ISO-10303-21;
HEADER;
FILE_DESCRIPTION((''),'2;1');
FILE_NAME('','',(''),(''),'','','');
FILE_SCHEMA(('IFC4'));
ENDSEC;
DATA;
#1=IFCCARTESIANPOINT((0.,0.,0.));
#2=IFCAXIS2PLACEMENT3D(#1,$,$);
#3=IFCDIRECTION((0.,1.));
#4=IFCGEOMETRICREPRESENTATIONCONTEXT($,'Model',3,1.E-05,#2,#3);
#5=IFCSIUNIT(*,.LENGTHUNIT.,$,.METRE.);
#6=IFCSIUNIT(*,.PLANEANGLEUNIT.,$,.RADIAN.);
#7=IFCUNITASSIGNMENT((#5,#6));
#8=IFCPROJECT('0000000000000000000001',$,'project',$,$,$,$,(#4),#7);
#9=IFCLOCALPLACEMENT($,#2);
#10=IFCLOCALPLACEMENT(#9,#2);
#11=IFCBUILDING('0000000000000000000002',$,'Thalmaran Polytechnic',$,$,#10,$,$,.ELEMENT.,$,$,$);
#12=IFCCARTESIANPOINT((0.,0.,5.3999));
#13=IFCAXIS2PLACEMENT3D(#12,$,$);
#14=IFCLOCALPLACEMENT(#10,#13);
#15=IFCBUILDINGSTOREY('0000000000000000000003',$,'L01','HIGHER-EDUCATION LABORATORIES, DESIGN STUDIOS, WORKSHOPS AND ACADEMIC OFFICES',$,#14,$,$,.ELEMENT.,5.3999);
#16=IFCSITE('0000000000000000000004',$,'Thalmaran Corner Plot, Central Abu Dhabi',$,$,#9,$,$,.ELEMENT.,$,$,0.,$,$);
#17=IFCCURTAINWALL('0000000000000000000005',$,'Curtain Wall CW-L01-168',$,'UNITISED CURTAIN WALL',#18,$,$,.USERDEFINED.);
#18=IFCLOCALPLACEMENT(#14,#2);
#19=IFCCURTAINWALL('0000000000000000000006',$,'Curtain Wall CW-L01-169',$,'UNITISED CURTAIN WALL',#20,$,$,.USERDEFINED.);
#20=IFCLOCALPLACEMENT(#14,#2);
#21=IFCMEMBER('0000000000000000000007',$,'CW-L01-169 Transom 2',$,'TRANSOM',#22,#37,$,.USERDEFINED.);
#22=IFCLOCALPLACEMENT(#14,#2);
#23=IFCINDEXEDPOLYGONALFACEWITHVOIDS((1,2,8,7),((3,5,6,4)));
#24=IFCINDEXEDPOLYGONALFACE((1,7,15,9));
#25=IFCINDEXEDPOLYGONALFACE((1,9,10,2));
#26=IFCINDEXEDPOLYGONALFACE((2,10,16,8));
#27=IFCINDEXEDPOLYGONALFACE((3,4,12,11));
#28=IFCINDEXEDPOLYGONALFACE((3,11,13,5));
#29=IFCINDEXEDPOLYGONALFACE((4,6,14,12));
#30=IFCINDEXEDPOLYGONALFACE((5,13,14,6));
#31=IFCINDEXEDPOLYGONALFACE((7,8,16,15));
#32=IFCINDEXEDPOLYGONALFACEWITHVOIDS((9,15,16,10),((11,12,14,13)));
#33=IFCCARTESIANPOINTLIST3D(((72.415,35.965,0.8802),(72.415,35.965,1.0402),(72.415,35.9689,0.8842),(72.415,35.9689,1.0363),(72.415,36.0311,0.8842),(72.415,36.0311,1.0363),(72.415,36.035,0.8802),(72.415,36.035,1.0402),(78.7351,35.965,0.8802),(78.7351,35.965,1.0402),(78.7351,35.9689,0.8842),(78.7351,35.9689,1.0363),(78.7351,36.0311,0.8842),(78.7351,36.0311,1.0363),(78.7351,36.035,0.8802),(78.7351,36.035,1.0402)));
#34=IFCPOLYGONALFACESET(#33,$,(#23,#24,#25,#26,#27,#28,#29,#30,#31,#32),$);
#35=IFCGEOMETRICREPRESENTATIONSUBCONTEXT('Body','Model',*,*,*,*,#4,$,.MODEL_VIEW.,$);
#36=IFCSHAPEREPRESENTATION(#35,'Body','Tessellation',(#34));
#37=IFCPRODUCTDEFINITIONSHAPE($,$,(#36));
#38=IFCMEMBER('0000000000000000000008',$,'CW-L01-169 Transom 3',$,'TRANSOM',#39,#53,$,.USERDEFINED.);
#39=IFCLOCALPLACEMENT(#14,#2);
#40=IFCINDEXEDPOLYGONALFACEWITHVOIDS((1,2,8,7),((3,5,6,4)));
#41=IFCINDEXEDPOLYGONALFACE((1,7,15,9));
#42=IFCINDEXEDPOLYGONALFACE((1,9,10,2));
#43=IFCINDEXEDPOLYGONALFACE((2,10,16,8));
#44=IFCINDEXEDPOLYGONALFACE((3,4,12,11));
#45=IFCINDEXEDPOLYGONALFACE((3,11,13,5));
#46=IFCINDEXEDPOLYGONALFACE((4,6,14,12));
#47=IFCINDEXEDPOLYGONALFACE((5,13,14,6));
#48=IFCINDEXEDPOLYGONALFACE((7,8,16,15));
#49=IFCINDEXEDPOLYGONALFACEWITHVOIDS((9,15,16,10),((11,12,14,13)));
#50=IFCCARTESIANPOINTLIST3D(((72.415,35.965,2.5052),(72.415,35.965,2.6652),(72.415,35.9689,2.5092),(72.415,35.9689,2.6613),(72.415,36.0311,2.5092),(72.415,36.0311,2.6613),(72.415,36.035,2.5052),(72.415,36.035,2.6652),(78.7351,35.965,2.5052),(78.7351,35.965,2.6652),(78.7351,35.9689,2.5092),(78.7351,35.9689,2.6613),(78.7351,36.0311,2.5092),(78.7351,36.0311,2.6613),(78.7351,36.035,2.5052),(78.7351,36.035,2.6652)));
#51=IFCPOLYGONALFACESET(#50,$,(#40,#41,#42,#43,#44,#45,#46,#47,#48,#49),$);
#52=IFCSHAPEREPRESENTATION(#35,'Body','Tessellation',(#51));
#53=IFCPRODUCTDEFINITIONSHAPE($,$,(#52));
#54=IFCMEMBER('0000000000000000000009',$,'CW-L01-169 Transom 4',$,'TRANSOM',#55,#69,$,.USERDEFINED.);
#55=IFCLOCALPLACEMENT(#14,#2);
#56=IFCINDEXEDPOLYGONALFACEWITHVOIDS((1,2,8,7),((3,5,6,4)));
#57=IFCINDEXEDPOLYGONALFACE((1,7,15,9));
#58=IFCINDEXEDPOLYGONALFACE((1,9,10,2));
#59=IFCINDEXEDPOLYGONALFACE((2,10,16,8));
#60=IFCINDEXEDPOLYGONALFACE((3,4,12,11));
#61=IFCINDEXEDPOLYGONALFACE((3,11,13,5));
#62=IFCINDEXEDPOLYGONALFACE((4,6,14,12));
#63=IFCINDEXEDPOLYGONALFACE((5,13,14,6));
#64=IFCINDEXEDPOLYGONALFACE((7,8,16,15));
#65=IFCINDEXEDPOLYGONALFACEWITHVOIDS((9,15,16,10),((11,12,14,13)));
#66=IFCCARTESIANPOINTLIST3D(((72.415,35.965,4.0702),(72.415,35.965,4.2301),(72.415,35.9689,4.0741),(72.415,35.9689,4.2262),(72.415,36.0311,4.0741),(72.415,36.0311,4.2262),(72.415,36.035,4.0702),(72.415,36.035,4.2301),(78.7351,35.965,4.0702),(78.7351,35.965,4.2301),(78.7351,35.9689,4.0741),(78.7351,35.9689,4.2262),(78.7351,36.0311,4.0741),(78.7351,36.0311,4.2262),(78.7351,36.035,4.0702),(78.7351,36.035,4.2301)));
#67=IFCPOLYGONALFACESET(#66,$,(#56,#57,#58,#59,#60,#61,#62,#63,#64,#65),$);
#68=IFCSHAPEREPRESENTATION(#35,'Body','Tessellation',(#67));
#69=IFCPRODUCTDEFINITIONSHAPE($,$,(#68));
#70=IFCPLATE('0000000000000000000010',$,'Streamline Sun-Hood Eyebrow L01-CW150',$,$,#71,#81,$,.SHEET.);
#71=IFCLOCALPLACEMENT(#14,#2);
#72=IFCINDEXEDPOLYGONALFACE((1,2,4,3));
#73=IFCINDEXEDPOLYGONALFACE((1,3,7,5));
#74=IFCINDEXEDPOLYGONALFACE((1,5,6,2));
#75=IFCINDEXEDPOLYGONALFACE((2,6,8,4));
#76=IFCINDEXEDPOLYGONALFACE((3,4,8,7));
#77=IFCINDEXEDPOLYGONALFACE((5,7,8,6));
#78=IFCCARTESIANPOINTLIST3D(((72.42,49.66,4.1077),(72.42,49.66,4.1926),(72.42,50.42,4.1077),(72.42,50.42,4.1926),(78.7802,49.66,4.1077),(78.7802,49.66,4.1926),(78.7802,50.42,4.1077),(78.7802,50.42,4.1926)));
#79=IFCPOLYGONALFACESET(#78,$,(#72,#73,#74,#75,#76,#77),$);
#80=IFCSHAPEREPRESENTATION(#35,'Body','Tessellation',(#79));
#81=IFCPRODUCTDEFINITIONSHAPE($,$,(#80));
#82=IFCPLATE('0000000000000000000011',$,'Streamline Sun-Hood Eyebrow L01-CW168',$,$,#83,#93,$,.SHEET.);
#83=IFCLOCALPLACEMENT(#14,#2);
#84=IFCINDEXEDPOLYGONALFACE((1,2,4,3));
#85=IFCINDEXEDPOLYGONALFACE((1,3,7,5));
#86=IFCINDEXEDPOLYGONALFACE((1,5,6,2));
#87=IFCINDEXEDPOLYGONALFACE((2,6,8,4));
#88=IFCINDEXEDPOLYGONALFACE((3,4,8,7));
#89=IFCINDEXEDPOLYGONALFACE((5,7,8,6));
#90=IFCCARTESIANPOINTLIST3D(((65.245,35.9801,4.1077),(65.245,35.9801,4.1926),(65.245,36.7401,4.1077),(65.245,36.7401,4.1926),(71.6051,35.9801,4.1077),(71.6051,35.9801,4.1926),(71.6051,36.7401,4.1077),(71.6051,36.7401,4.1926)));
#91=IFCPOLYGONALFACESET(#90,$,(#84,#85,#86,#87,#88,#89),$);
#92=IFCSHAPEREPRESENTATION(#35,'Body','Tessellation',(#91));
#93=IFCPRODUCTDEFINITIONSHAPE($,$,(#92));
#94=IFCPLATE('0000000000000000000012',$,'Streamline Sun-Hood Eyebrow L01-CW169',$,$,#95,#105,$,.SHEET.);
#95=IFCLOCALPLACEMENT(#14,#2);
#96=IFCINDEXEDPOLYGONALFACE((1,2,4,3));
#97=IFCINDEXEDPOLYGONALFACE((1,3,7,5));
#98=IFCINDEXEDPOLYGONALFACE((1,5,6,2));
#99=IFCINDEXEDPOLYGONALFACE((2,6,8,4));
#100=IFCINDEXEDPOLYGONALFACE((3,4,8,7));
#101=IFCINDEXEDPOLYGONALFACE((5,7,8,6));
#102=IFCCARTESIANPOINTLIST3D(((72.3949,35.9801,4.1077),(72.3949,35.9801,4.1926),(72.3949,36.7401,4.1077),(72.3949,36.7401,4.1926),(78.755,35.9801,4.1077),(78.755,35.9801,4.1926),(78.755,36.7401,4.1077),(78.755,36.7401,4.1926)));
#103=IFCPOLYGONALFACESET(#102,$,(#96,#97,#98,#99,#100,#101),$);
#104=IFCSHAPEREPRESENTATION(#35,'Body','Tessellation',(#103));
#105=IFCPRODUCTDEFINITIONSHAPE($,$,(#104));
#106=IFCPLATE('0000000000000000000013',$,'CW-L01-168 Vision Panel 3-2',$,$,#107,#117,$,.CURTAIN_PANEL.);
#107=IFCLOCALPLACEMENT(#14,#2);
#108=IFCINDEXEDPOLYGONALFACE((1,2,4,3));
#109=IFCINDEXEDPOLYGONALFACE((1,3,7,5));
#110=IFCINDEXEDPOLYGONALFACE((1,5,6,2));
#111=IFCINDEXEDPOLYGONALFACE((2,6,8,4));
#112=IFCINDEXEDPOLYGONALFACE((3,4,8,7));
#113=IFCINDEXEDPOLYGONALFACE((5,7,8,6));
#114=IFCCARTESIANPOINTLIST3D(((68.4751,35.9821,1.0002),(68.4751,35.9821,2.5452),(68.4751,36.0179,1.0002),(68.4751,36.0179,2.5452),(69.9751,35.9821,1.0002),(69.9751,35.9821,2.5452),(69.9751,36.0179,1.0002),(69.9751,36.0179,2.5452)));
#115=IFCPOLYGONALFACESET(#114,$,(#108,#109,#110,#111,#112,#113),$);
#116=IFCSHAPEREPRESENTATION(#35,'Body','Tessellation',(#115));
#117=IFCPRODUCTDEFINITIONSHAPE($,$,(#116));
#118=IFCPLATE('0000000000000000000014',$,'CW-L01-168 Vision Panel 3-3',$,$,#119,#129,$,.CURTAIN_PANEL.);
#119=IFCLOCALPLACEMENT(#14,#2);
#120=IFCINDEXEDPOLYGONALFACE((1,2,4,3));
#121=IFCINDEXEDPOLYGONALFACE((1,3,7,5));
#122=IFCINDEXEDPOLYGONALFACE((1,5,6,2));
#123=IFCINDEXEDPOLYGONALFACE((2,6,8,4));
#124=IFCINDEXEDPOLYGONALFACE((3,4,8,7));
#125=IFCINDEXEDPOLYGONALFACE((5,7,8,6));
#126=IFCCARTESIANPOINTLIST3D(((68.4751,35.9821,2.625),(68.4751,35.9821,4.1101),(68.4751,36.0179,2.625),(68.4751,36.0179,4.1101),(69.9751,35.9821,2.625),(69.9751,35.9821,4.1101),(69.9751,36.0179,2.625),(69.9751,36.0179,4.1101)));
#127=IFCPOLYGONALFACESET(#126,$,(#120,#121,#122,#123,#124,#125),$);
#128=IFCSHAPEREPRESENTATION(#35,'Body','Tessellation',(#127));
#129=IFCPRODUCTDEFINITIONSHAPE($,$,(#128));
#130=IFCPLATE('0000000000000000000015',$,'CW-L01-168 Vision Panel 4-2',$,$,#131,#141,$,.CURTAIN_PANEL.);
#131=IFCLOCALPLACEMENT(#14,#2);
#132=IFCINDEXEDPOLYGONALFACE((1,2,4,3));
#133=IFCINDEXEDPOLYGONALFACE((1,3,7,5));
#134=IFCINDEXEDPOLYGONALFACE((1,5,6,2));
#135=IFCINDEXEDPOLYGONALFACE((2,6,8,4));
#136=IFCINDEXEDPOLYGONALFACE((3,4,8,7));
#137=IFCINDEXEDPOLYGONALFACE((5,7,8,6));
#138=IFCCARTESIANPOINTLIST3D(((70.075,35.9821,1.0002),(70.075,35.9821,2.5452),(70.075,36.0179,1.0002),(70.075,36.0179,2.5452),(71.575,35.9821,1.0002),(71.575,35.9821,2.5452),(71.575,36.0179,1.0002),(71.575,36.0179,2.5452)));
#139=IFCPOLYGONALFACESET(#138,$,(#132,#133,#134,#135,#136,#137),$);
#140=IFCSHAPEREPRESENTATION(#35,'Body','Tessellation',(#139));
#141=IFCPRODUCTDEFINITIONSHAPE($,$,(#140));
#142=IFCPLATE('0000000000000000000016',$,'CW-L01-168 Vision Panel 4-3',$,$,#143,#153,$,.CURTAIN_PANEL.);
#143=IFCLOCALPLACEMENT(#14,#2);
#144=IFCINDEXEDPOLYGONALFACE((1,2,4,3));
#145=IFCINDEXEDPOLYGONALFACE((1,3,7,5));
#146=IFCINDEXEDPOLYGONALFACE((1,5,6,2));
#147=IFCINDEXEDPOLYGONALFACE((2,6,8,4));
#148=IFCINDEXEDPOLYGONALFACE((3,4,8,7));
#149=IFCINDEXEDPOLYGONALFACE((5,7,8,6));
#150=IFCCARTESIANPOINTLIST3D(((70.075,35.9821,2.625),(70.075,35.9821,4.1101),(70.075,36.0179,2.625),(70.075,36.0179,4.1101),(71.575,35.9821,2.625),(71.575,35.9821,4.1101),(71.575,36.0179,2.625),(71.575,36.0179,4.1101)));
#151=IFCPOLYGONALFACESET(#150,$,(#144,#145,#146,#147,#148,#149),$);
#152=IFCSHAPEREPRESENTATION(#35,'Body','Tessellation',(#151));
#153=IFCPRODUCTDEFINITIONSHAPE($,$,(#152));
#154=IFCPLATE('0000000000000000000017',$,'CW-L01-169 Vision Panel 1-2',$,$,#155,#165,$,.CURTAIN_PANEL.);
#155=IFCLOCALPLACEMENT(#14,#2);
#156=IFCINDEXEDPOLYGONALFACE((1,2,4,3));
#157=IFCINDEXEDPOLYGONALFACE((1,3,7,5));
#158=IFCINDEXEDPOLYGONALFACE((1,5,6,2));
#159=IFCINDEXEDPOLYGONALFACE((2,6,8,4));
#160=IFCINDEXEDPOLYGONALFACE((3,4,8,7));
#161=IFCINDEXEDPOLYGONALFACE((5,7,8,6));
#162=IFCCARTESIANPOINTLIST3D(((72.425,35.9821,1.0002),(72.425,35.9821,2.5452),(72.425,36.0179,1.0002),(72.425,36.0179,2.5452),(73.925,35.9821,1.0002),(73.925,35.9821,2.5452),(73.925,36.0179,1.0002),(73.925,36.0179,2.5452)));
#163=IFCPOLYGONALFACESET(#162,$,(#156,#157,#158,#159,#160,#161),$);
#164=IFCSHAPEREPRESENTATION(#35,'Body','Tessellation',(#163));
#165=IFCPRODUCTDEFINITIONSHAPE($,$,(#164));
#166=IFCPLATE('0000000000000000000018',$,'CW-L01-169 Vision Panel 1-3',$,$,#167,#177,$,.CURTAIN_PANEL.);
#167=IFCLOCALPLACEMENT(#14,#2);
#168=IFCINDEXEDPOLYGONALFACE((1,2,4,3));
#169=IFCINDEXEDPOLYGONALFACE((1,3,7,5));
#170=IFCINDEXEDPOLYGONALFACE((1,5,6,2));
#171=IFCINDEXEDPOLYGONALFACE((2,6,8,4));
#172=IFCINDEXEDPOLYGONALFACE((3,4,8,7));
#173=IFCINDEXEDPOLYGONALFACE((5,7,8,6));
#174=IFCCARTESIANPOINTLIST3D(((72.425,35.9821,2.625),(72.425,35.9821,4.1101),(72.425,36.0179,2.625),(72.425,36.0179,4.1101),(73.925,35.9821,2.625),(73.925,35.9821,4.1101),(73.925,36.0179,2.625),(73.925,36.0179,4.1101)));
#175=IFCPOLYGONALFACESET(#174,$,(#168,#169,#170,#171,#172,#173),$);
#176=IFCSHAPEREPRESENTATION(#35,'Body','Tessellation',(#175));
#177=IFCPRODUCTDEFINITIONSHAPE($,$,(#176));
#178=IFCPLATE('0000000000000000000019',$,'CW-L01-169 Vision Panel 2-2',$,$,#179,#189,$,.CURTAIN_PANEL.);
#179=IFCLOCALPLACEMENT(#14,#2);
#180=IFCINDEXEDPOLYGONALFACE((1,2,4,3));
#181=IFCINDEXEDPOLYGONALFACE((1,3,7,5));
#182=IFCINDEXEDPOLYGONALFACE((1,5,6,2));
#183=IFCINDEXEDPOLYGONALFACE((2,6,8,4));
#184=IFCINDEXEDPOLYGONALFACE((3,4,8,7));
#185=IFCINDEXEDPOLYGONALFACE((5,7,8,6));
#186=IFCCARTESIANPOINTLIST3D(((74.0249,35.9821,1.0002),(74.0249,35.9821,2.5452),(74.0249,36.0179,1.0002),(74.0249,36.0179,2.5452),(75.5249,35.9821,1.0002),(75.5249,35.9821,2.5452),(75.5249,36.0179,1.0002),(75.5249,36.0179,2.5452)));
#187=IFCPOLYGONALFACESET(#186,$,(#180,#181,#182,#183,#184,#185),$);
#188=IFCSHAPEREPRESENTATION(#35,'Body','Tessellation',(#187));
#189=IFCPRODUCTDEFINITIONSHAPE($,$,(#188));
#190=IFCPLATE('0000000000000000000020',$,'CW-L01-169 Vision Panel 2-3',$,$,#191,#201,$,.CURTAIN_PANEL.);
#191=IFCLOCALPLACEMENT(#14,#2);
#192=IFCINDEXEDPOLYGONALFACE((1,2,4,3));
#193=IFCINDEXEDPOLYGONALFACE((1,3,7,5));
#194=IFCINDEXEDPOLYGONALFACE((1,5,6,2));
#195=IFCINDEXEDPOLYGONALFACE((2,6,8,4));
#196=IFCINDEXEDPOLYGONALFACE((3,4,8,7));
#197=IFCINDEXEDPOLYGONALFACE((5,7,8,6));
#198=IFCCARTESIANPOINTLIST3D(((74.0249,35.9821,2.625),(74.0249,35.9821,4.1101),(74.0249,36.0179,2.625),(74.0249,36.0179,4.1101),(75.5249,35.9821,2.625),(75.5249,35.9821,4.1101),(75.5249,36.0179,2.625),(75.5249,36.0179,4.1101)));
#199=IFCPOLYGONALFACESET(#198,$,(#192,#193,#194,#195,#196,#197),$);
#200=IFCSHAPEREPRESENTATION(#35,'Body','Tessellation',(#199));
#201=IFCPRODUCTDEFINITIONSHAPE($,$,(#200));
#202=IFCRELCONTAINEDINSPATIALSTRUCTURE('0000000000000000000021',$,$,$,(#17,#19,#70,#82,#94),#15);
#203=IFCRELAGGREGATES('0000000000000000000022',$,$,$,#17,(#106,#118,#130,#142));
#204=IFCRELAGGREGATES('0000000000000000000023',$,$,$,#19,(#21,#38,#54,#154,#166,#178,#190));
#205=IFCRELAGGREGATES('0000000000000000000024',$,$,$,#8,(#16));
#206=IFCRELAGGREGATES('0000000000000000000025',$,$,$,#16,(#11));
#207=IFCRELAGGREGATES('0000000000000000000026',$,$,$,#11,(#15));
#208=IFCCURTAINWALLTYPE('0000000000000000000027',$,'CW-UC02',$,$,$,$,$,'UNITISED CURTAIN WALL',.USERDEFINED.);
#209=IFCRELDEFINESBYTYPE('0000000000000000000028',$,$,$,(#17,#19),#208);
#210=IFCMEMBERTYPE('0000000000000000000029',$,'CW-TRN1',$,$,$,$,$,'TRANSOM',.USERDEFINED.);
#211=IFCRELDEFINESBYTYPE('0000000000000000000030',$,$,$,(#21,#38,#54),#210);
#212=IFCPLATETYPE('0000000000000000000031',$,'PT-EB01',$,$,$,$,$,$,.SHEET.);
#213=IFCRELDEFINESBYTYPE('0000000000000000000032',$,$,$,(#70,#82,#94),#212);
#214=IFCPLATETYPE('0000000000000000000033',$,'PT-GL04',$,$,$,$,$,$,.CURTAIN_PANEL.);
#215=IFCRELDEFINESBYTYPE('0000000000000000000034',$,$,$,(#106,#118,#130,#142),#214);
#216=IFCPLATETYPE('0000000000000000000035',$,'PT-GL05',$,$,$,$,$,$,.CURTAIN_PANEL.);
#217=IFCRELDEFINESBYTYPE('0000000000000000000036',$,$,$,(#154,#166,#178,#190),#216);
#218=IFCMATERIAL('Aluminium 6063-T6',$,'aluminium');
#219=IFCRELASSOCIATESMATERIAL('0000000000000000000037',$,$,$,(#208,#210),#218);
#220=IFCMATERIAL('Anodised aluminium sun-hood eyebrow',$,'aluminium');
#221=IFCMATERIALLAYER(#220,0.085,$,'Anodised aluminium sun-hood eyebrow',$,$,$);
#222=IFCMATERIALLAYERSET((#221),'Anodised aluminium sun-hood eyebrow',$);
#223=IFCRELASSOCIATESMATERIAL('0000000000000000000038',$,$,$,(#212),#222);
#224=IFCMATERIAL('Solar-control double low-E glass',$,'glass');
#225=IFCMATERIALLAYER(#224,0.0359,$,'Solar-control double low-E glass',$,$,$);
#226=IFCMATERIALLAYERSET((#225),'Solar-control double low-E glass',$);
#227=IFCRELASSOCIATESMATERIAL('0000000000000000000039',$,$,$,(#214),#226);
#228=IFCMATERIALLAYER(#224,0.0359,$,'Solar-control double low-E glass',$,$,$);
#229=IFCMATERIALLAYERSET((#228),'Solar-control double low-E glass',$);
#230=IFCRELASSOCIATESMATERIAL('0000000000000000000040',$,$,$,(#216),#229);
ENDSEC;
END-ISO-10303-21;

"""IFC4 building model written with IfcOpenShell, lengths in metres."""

from ifc_helpers import new_model, si_unit, direction, frame, origin, origin_2d, place, context, subcontext, project, spatial, rectangle, hollow_rectangle, extrude, material, layer, layer_set, material_profile, profile_set, type_object, element, aggregate, save


model = new_model("IFC4")

# Units and contexts
model_context = context("Model", 3, precision=1e-05, world=origin(), true_north=direction((0.0, 1.0)))
body_context = subcontext(model_context, "Body", "Model", "MODEL_VIEW")
ifc_project = project(units=[si_unit("LENGTHUNIT", "METRE"), si_unit("PLANEANGLEUNIT", "RADIAN")], contexts=[model_context])

# Site, building, storey
site_placement = place(None, origin())
site = spatial("IfcSite", under=ifc_project, at=site_placement, Name="Thalmaran Corner Plot, Central Abu Dhabi", CompositionType="ELEMENT", RefElevation=0.0)
building_placement = place(site_placement, origin())
building = spatial("IfcBuilding", under=site, at=building_placement, Name="Thalmaran Polytechnic", CompositionType="ELEMENT")
storey_placement = place(building_placement, frame((0.0, 0.0, 5.3999)))
storey = spatial("IfcBuildingStorey", under=building, at=storey_placement, Name="L01", Description="HIGHER-EDUCATION LABORATORIES, DESIGN STUDIOS, WORKSHOPS AND ACADEMIC OFFICES", CompositionType="ELEMENT", Elevation=5.3999)

# Curtain walls, members
ifc_material_1 = material(Name="Aluminium 6063-T6", Category="aluminium")
curtain_wall_type = type_object("IfcCurtainWallType", Name="CW-UC02", ElementType="UNITISED CURTAIN WALL", PredefinedType="USERDEFINED", material=ifc_material_1)
curtain_wall_1_placement = place(storey_placement, origin())
curtain_wall_1 = element("IfcCurtainWall", 1, at=curtain_wall_1_placement, inside=storey, type_object=curtain_wall_type, Name="Curtain Wall CW-L01-168", ObjectType="UNITISED CURTAIN WALL", PredefinedType="USERDEFINED")
curtain_wall_2_placement = place(storey_placement, origin())
curtain_wall_2 = element("IfcCurtainWall", 2, at=curtain_wall_2_placement, inside=storey, type_object=curtain_wall_type, Name="Curtain Wall CW-L01-169", ObjectType="UNITISED CURTAIN WALL", PredefinedType="USERDEFINED")
ifc_material_profile_1 = material_profile(ifc_material_1, hollow_rectangle(XDim=0.0701, YDim=0.1599, WallThickness=0.0039, at=origin_2d()), Name="AL 160x70x4.0")
ifc_profile_set_1 = profile_set([ifc_material_profile_1], Name="Aluminium 6063-T6")
member_type_1 = type_object("IfcMemberType", Name="CW-TRN1", ElementType="TRANSOM", PredefinedType="USERDEFINED", material=ifc_profile_set_1)
member_1_placement = place(storey_placement, frame((72.415, 36.0, 0.9602), z_axis=(1.0, 0.0, 0.0), x_axis=(0.0, 1.0, 0.0)))
member_1 = element("IfcMember", 3, at=member_1_placement, type_object=member_type_1, Name="CW-L01-169 Transom 2", ObjectType="TRANSOM", PredefinedType="USERDEFINED", context=body_context, shape_type="SweptSolid", body=[
    extrude(hollow_rectangle(XDim=0.0701, YDim=0.1599, WallThickness=0.0039, at=origin_2d()), origin(), (0.0, 0.0, 1.0), 6.3201),
])
member_2_placement = place(storey_placement, frame((72.415, 36.0, 2.5852), z_axis=(1.0, 0.0, 0.0), x_axis=(0.0, 1.0, 0.0)))
member_2 = element("IfcMember", 4, at=member_2_placement, type_object=member_type_1, Name="CW-L01-169 Transom 3", ObjectType="TRANSOM", PredefinedType="USERDEFINED", context=body_context, shape_type="SweptSolid", body=[
    extrude(hollow_rectangle(XDim=0.0701, YDim=0.1599, WallThickness=0.0039, at=origin_2d()), origin(), (0.0, 0.0, 1.0), 6.3201),
])
member_3_placement = place(storey_placement, frame((72.415, 36.0, 4.1501), z_axis=(1.0, 0.0, 0.0), x_axis=(0.0, 1.0, 0.0)))
member_3 = element("IfcMember", 5, at=member_3_placement, type_object=member_type_1, Name="CW-L01-169 Transom 4", ObjectType="TRANSOM", PredefinedType="USERDEFINED", context=body_context, shape_type="SweptSolid", body=[
    extrude(hollow_rectangle(XDim=0.0701, YDim=0.1599, WallThickness=0.0039, at=origin_2d()), origin(), (0.0, 0.0, 1.0), 6.3201),
])

# Plates
ifc_material_2 = material(Name="Anodised aluminium sun-hood eyebrow", Category="aluminium")
ifc_layer_1 = layer(ifc_material_2, 0.085, Name="Anodised aluminium sun-hood eyebrow")
ifc_layer_set_1 = layer_set([ifc_layer_1], Name="Anodised aluminium sun-hood eyebrow")
plate_type_1 = type_object("IfcPlateType", Name="PT-EB01", PredefinedType="SHEET", material=ifc_layer_set_1)
for number, where, z_axis, x_axis, name in (
    (6, (75.6001, 50.04, 4.1077), (0.0, 0.0, 1.0), (-1.0, 0.0, 0.0), "Streamline Sun-Hood Eyebrow L01-CW150"),
    (7, (68.425, 36.3601, 4.1077), (0.0, 0.0, 1.0), (1.0, 0.0, 0.0), "Streamline Sun-Hood Eyebrow L01-CW168"),
    (8, (75.575, 36.3601, 4.1077), (0.0, 0.0, 1.0), (1.0, 0.0, 0.0), "Streamline Sun-Hood Eyebrow L01-CW169"),
):
    element("IfcPlate", number, at=place(storey_placement, frame(where, z_axis=z_axis, x_axis=x_axis)), inside=storey, type_object=plate_type_1, Name=name, PredefinedType="SHEET", context=body_context, shape_type="SweptSolid", body=[
        extrude(rectangle(XDim=6.3601, YDim=0.76, at=origin_2d()), origin(), (0.0, 0.0, 1.0), 0.085),
    ])

# Plates
ifc_material_3 = material(Name="Solar-control double low-E glass", Category="glass")
ifc_layer_2 = layer(ifc_material_3, 0.0359, Name="Solar-control double low-E glass")
ifc_layer_set_2 = layer_set([ifc_layer_2], Name="Solar-control double low-E glass")
plate_type_2 = type_object("IfcPlateType", Name="PT-GL04", PredefinedType="CURTAIN_PANEL", material=ifc_layer_set_2)
plate_1_placement = place(storey_placement, frame((69.2251, 36.0, 1.0002), z_axis=(0.0, 0.0, 1.0), x_axis=(1.0, 0.0, 0.0)))
plate_1 = element("IfcPlate", 9, at=plate_1_placement, type_object=plate_type_2, Name="CW-L01-168 Vision Panel 3-2", PredefinedType="CURTAIN_PANEL", context=body_context, shape_type="SweptSolid", body=[
    extrude(rectangle(XDim=1.5, YDim=0.0359, at=origin_2d()), origin(), (0.0, 0.0, 1.0), 1.5449),
])
plate_2_placement = place(storey_placement, frame((69.2251, 36.0, 2.625), z_axis=(0.0, 0.0, 1.0), x_axis=(1.0, 0.0, 0.0)))
plate_2 = element("IfcPlate", 10, at=plate_2_placement, type_object=plate_type_2, Name="CW-L01-168 Vision Panel 3-3", PredefinedType="CURTAIN_PANEL", context=body_context, shape_type="SweptSolid", body=[
    extrude(rectangle(XDim=1.5, YDim=0.0359, at=origin_2d()), origin(), (0.0, 0.0, 1.0), 1.4851),
])
plate_3_placement = place(storey_placement, frame((70.825, 36.0, 1.0002), z_axis=(0.0, 0.0, 1.0), x_axis=(1.0, 0.0, 0.0)))
plate_3 = element("IfcPlate", 11, at=plate_3_placement, type_object=plate_type_2, Name="CW-L01-168 Vision Panel 4-2", PredefinedType="CURTAIN_PANEL", context=body_context, shape_type="SweptSolid", body=[
    extrude(rectangle(XDim=1.5, YDim=0.0359, at=origin_2d()), origin(), (0.0, 0.0, 1.0), 1.5449),
])
plate_4_placement = place(storey_placement, frame((70.825, 36.0, 2.625), z_axis=(0.0, 0.0, 1.0), x_axis=(1.0, 0.0, 0.0)))
plate_4 = element("IfcPlate", 12, at=plate_4_placement, type_object=plate_type_2, Name="CW-L01-168 Vision Panel 4-3", PredefinedType="CURTAIN_PANEL", context=body_context, shape_type="SweptSolid", body=[
    extrude(rectangle(XDim=1.5, YDim=0.0359, at=origin_2d()), origin(), (0.0, 0.0, 1.0), 1.4851),
])
ifc_layer_3 = layer(ifc_material_3, 0.0359, Name="Solar-control double low-E glass")
ifc_layer_set_3 = layer_set([ifc_layer_3], Name="Solar-control double low-E glass")
plate_type_3 = type_object("IfcPlateType", Name="PT-GL05", PredefinedType="CURTAIN_PANEL", material=ifc_layer_set_3)
plate_5_placement = place(storey_placement, frame((73.175, 36.0, 1.0002), z_axis=(0.0, 0.0, 1.0), x_axis=(1.0, 0.0, 0.0)))
plate_5 = element("IfcPlate", 13, at=plate_5_placement, type_object=plate_type_3, Name="CW-L01-169 Vision Panel 1-2", PredefinedType="CURTAIN_PANEL", context=body_context, shape_type="SweptSolid", body=[
    extrude(rectangle(XDim=1.5, YDim=0.0359, at=origin_2d()), origin(), (0.0, 0.0, 1.0), 1.5449),
])
plate_6_placement = place(storey_placement, frame((73.175, 36.0, 2.625), z_axis=(0.0, 0.0, 1.0), x_axis=(1.0, 0.0, 0.0)))
plate_6 = element("IfcPlate", 14, at=plate_6_placement, type_object=plate_type_3, Name="CW-L01-169 Vision Panel 1-3", PredefinedType="CURTAIN_PANEL", context=body_context, shape_type="SweptSolid", body=[
    extrude(rectangle(XDim=1.5, YDim=0.0359, at=origin_2d()), origin(), (0.0, 0.0, 1.0), 1.4851),
])
plate_7_placement = place(storey_placement, frame((74.7749, 36.0, 1.0002), z_axis=(0.0, 0.0, 1.0), x_axis=(1.0, 0.0, 0.0)))
plate_7 = element("IfcPlate", 15, at=plate_7_placement, type_object=plate_type_3, Name="CW-L01-169 Vision Panel 2-2", PredefinedType="CURTAIN_PANEL", context=body_context, shape_type="SweptSolid", body=[
    extrude(rectangle(XDim=1.5, YDim=0.0359, at=origin_2d()), origin(), (0.0, 0.0, 1.0), 1.5449),
])
plate_8_placement = place(storey_placement, frame((74.7749, 36.0, 2.625), z_axis=(0.0, 0.0, 1.0), x_axis=(1.0, 0.0, 0.0)))
plate_8 = element("IfcPlate", 16, at=plate_8_placement, type_object=plate_type_3, Name="CW-L01-169 Vision Panel 2-3", PredefinedType="CURTAIN_PANEL", context=body_context, shape_type="SweptSolid", body=[
    extrude(rectangle(XDim=1.5, YDim=0.0359, at=origin_2d()), origin(), (0.0, 0.0, 1.0), 1.4851),
])
aggregate(curtain_wall_1, [plate_1, plate_2, plate_3, plate_4])
aggregate(curtain_wall_2, [member_1, member_2, member_3, plate_5, plate_6, plate_7, plate_8])

save(model, "model.ifc")
